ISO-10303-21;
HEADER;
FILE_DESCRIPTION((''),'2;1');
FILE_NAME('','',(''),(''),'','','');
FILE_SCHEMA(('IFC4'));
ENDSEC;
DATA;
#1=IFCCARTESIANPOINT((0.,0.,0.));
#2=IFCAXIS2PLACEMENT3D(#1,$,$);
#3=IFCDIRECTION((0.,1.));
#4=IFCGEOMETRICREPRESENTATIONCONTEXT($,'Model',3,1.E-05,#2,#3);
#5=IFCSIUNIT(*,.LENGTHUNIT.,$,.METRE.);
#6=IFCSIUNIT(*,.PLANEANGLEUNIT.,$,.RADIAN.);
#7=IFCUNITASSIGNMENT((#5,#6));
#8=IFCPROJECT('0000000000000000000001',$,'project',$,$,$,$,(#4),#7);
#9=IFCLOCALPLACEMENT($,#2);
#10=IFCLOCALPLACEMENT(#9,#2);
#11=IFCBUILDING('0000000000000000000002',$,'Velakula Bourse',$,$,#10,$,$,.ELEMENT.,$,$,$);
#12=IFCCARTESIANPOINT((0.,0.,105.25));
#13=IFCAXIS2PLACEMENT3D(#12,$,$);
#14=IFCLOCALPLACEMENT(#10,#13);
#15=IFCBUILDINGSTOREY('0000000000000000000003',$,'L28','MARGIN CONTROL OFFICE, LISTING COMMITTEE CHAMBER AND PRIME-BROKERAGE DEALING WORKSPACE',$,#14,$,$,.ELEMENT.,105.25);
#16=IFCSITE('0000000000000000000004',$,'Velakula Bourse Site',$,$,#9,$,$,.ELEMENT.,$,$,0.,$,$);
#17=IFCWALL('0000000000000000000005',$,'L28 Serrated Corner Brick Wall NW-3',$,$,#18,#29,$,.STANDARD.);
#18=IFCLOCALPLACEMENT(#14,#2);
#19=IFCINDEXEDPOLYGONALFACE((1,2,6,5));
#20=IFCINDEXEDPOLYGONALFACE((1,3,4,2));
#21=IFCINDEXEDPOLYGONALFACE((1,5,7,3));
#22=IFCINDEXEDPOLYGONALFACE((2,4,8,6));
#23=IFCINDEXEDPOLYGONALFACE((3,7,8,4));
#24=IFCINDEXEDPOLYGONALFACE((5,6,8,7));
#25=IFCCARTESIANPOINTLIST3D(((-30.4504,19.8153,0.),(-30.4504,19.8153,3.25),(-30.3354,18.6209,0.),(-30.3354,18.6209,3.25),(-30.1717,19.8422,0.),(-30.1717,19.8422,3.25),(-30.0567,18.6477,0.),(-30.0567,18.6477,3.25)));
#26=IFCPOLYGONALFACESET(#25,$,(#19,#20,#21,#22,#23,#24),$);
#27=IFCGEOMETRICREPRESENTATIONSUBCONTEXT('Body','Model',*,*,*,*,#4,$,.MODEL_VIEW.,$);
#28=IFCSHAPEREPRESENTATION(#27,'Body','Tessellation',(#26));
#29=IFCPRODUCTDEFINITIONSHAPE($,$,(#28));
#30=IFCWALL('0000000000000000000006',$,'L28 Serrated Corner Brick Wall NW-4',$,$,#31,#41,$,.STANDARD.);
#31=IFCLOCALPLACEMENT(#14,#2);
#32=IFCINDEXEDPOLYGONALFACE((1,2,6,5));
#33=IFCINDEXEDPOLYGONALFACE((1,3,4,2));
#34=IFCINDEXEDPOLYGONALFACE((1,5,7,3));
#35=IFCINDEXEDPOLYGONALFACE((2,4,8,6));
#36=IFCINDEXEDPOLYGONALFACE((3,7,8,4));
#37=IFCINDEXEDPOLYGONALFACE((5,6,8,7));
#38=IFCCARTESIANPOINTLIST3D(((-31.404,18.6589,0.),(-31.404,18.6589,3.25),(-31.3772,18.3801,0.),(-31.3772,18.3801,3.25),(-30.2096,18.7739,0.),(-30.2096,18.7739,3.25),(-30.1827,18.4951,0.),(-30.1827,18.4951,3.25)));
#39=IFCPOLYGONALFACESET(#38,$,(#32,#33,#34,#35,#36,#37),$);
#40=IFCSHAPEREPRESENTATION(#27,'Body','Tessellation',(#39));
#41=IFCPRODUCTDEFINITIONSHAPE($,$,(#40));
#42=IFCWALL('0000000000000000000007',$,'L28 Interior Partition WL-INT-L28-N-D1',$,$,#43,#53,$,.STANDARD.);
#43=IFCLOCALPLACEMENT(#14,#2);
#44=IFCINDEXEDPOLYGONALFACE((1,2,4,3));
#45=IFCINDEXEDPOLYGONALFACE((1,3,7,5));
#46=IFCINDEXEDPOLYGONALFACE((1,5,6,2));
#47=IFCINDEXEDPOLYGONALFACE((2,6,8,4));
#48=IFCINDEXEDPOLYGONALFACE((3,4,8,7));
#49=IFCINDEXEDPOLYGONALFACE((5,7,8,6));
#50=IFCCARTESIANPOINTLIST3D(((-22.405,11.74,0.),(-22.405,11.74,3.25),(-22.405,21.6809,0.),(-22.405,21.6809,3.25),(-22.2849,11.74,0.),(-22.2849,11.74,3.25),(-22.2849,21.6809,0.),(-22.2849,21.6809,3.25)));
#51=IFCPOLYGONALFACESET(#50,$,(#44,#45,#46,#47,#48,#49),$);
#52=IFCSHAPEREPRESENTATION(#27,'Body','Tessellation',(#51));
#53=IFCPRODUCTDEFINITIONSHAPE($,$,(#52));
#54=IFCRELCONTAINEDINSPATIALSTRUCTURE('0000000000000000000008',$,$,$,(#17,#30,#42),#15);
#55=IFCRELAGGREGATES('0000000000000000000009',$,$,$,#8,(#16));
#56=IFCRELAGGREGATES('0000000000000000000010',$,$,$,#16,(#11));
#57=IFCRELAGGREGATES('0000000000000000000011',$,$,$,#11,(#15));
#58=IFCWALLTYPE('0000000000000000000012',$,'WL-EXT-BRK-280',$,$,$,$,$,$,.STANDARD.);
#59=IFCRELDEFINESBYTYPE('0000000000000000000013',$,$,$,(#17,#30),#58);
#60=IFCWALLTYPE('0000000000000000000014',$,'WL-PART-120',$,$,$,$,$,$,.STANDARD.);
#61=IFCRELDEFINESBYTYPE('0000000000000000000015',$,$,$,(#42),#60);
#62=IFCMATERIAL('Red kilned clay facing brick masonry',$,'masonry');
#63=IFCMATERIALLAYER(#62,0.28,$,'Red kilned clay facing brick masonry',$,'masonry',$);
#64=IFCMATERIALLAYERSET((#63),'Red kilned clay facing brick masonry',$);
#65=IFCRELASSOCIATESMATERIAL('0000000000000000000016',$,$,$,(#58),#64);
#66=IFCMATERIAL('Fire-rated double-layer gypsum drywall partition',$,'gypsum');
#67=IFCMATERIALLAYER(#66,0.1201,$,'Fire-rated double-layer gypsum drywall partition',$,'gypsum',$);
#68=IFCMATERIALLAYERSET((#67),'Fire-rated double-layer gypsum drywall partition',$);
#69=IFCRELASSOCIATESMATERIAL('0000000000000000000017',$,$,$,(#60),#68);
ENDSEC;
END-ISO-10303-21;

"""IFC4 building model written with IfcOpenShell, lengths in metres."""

from ifc_helpers import new_model, si_unit, direction, frame, frame_2d, origin, place, context, subcontext, project, spatial, rectangle, extrude, material, layer, layer_set, type_object, element, save


model = new_model("IFC4")

# Units and contexts
model_context = context("Model", 3, precision=1e-05, world=origin(), true_north=direction((0.0, 1.0)))
body_context = subcontext(model_context, "Body", "Model", "MODEL_VIEW")
ifc_project = project(units=[si_unit("LENGTHUNIT", "METRE"), si_unit("PLANEANGLEUNIT", "RADIAN")], contexts=[model_context])

# Site, building, storey
site_placement = place(None, origin())
site = spatial("IfcSite", under=ifc_project, at=site_placement, Name="Velakula Bourse Site", CompositionType="ELEMENT", RefElevation=0.0)
building_placement = place(site_placement, origin())
building = spatial("IfcBuilding", under=site, at=building_placement, Name="Velakula Bourse", CompositionType="ELEMENT")
storey_placement = place(building_placement, frame((0.0, 0.0, 105.25)))
storey = spatial("IfcBuildingStorey", under=building, at=storey_placement, Name="L28", Description="MARGIN CONTROL OFFICE, LISTING COMMITTEE CHAMBER AND PRIME-BROKERAGE DEALING WORKSPACE", CompositionType="ELEMENT", Elevation=105.25)

# Shared definitions
ifc_material_1 = material(Name="Red kilned clay facing brick masonry", Category="masonry")
ifc_layer_1 = layer(ifc_material_1, 0.28, Name="Red kilned clay facing brick masonry", Category="masonry")
ifc_layer_set_1 = layer_set([ifc_layer_1], Name="Red kilned clay facing brick masonry")
wall_type_1 = type_object("IfcWallType", Name="WL-EXT-BRK-280", PredefinedType="STANDARD", material=ifc_layer_set_1)

# Walls
for number, where, z_axis, x_axis, name in (
    (1, (-30.311, 19.8289, 0.0), (0.0, 0.0, 1.0), (0.095836, -0.995397, 0.0), "L28 Serrated Corner Brick Wall NW-3"),
    (2, (-30.196, 18.6345, 0.0), (0.0, 0.0, 1.0), (-0.995397, -0.095836, 0.0), "L28 Serrated Corner Brick Wall NW-4"),
):
    element("IfcWall", number, at=place(storey_placement, frame(where, z_axis=z_axis, x_axis=x_axis)), inside=storey, type_object=wall_type_1, Name=name, PredefinedType="STANDARD", context=body_context, shape_type="SweptSolid", body=[
        extrude(rectangle(XDim=1.2, YDim=0.28, at=frame_2d((0.6001, 0.0))), origin(), (0.0, 0.0, 1.0), 3.25),
    ])
ifc_material_2 = material(Name="Fire-rated double-layer gypsum drywall partition", Category="gypsum")
ifc_layer_2 = layer(ifc_material_2, 0.1201, Name="Fire-rated double-layer gypsum drywall partition", Category="gypsum")
ifc_layer_set_2 = layer_set([ifc_layer_2], Name="Fire-rated double-layer gypsum drywall partition")
wall_type_2 = type_object("IfcWallType", Name="WL-PART-120", PredefinedType="STANDARD", material=ifc_layer_set_2)
wall_1_placement = place(storey_placement, frame((-22.345, 11.74, 0.0), z_axis=(0.0, 0.0, 1.0), x_axis=(0.0, 1.0, 0.0)))
element("IfcWall", 3, at=wall_1_placement, inside=storey, type_object=wall_type_2, Name="L28 Interior Partition WL-INT-L28-N-D1", PredefinedType="STANDARD", context=body_context, shape_type="SweptSolid", body=[
    extrude(rectangle(XDim=9.9409, YDim=0.1201, at=frame_2d((4.9705, 0.0))), origin(), (0.0, 0.0, 1.0), 3.25),
])

save(model, "model.ifc")
